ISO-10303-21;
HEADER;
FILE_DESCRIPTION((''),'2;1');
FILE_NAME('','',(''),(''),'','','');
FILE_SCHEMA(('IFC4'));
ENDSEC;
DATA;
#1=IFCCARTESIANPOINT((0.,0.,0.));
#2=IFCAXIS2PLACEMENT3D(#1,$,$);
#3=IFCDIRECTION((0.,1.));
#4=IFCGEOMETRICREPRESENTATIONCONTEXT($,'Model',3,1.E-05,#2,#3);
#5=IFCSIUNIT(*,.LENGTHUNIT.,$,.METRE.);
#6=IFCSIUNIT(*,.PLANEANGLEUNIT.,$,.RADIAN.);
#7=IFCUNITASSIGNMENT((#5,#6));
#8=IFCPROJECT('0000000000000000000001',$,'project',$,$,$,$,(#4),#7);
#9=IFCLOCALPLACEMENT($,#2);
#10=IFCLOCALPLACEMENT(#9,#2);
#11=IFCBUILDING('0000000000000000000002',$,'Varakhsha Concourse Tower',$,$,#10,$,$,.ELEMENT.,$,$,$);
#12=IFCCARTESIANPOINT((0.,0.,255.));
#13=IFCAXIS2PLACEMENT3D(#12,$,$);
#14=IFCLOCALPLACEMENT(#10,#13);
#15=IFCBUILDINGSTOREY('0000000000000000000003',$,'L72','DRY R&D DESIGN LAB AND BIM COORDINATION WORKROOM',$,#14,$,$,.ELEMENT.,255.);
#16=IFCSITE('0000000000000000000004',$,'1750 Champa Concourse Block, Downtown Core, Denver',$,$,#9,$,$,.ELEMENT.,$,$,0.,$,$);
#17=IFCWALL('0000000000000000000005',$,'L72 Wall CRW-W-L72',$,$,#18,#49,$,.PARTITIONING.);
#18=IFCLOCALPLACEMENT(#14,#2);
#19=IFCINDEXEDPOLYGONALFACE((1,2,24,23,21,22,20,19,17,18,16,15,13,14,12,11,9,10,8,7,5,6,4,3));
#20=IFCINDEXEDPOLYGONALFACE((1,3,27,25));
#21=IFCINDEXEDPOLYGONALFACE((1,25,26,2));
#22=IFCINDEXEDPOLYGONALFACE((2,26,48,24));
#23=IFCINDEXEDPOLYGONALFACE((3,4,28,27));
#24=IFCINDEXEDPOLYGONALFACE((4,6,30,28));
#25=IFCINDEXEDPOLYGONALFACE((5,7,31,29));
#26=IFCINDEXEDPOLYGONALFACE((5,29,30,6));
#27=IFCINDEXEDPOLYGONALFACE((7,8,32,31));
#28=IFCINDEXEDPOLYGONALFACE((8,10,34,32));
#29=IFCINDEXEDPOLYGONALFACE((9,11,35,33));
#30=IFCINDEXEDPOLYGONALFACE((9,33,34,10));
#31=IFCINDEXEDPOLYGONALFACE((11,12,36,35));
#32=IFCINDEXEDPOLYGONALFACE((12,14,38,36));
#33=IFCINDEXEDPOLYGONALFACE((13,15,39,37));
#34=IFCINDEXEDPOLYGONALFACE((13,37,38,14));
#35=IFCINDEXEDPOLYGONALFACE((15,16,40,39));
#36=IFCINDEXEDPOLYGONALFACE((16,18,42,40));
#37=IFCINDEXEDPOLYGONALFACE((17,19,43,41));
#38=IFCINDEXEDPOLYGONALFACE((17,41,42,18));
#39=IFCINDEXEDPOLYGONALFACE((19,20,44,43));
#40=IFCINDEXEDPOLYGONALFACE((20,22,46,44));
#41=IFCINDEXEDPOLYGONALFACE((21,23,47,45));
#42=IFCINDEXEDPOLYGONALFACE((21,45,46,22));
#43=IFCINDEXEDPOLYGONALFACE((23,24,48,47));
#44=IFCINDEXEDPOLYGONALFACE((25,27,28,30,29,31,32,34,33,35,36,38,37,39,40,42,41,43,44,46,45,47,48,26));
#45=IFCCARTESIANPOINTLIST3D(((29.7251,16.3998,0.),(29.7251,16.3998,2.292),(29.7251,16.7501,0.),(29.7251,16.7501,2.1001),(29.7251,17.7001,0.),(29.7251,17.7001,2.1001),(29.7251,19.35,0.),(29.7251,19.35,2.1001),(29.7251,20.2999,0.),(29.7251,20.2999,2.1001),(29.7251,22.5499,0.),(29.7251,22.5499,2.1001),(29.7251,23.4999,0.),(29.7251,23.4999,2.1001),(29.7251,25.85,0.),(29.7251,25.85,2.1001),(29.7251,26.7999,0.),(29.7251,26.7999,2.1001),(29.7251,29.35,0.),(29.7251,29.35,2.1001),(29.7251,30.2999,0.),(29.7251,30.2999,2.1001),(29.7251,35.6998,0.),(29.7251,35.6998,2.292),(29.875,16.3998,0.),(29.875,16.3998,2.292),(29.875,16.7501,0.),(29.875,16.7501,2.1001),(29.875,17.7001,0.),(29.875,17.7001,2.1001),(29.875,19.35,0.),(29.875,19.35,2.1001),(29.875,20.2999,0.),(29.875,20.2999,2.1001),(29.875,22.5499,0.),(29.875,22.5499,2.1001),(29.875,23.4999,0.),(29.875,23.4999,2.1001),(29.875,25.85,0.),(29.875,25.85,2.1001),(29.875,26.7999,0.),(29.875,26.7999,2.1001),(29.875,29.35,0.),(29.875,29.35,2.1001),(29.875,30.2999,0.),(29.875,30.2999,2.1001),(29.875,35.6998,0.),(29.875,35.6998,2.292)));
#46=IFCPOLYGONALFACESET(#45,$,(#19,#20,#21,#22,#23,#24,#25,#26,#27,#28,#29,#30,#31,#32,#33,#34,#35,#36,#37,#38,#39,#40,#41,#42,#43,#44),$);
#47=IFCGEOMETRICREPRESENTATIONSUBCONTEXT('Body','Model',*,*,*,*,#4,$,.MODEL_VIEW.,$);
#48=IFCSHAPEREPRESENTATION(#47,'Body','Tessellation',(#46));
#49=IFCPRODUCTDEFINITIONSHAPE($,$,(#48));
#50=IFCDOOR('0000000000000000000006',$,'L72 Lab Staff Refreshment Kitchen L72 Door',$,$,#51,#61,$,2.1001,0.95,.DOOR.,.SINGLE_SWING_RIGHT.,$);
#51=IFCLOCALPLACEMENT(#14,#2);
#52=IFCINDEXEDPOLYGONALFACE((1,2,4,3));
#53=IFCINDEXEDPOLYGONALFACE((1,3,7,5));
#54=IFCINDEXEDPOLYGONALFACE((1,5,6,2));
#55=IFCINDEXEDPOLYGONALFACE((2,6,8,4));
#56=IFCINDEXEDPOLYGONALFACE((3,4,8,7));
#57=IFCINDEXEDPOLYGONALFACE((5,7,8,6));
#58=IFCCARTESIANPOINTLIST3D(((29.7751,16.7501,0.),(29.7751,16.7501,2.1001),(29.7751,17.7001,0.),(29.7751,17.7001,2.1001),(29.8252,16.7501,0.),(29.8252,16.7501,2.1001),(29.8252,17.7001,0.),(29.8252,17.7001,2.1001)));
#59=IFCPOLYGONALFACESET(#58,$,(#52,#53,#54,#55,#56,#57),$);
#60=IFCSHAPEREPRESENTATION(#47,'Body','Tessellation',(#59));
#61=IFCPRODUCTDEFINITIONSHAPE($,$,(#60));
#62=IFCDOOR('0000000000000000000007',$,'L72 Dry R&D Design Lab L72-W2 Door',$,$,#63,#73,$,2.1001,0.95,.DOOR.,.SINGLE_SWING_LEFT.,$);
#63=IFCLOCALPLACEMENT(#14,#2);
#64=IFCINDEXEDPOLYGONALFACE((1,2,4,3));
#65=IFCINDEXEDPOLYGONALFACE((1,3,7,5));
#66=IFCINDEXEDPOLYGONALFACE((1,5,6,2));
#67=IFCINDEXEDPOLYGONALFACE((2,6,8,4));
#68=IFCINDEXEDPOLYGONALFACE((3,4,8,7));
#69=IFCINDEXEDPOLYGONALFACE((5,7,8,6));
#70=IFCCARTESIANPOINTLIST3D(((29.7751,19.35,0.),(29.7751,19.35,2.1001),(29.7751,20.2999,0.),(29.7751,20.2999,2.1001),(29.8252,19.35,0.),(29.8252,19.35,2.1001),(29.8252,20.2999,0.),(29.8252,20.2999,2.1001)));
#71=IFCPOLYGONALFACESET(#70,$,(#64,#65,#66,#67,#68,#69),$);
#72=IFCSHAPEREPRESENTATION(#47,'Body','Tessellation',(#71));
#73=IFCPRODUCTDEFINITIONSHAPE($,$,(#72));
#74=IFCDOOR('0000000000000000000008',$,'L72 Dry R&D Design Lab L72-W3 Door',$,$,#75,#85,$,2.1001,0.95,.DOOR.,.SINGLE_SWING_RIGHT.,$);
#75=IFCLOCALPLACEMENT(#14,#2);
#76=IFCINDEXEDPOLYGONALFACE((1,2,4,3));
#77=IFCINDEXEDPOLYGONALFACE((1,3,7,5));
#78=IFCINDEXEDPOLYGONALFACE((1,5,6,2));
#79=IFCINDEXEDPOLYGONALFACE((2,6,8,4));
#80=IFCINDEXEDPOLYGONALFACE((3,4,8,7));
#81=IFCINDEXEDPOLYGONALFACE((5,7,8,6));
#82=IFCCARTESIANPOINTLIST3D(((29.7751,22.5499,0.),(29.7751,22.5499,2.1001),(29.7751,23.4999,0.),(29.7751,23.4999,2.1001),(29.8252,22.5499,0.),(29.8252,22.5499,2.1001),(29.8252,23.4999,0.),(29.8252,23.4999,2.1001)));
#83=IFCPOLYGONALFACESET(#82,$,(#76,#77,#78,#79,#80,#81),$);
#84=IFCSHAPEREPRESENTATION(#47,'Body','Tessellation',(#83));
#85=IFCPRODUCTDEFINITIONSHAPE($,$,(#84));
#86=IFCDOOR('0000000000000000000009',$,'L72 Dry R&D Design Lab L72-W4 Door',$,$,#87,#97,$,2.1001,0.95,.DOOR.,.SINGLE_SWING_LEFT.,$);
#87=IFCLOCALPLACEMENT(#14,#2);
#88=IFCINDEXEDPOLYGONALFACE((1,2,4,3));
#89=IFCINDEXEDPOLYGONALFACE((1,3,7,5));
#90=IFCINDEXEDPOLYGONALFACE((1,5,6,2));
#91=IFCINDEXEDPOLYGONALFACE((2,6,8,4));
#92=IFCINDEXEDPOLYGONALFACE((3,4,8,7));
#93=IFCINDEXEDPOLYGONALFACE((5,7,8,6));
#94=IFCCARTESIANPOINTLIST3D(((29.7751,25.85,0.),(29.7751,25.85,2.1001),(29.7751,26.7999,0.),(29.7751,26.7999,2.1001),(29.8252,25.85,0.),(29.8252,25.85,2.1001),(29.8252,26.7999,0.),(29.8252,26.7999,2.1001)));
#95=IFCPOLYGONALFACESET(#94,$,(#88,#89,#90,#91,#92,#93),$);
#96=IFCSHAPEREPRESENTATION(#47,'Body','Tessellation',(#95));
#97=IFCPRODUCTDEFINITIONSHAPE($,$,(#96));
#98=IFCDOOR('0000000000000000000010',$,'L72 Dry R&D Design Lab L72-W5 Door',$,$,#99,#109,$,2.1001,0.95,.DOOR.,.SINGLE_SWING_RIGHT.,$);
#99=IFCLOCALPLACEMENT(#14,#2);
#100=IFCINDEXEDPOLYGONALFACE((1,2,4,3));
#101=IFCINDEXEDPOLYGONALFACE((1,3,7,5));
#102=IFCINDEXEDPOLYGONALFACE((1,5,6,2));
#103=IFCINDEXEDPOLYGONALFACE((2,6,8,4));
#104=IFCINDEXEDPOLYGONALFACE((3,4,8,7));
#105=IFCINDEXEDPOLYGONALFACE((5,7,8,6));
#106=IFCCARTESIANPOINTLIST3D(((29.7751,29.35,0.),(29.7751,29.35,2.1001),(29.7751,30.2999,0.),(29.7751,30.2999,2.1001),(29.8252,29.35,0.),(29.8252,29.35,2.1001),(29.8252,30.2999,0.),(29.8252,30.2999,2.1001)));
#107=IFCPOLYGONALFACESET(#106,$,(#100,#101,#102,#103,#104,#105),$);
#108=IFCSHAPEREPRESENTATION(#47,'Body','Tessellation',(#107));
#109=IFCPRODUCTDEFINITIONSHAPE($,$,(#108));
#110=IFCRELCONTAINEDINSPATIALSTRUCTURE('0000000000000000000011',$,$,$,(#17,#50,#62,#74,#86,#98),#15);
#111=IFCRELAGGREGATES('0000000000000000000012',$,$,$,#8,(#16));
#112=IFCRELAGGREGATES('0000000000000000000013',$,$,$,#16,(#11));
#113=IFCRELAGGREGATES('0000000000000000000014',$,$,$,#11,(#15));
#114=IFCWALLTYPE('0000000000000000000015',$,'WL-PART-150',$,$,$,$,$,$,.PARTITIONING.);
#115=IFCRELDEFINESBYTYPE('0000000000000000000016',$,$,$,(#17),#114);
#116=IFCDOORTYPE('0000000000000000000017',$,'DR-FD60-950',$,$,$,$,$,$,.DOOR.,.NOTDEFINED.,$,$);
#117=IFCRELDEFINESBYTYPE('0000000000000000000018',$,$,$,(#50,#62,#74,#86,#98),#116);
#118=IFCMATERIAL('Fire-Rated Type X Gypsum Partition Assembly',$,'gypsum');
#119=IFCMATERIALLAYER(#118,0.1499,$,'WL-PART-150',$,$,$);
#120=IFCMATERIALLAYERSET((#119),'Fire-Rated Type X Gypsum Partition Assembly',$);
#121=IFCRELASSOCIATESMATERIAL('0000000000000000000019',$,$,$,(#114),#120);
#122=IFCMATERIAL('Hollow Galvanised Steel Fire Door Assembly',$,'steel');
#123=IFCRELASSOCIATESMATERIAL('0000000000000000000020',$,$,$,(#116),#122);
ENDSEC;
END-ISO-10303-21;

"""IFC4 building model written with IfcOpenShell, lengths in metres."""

from ifc_helpers import new_model, si_unit, direction, frame, frame_2d, origin, place, context, subcontext, project, spatial, rectangle, extrude, material, layer, layer_set, type_object, element, fill, save


model = new_model("IFC4")

# Units and contexts
model_context = context("Model", 3, precision=1e-05, world=origin(), true_north=direction((0.0, 1.0)))
body_context = subcontext(model_context, "Body", "Model", "MODEL_VIEW")
ifc_project = project(units=[si_unit("LENGTHUNIT", "METRE"), si_unit("PLANEANGLEUNIT", "RADIAN")], contexts=[model_context])

# Site, building, storey
site_placement = place(None, origin())
site = spatial("IfcSite", under=ifc_project, at=site_placement, Name="1750 Champa Concourse Block, Downtown Core, Denver", CompositionType="ELEMENT", RefElevation=0.0)
building_placement = place(site_placement, origin())
building = spatial("IfcBuilding", under=site, at=building_placement, Name="Varakhsha Concourse Tower", CompositionType="ELEMENT")
storey_placement = place(building_placement, frame((0.0, 0.0, 255.0)))
storey = spatial("IfcBuildingStorey", under=building, at=storey_placement, Name="L72", Description="DRY R&D DESIGN LAB AND BIM COORDINATION WORKROOM", CompositionType="ELEMENT", Elevation=255.0)

# Wall, openings, doors
ifc_material_1 = material(Name="Fire-Rated Type X Gypsum Partition Assembly", Category="gypsum")
ifc_layer_1 = layer(ifc_material_1, 0.1499, Name="WL-PART-150")
ifc_layer_set_1 = layer_set([ifc_layer_1], Name="Fire-Rated Type X Gypsum Partition Assembly")
wall_type = type_object("IfcWallType", Name="WL-PART-150", PredefinedType="PARTITIONING", material=ifc_layer_set_1)
wall_1_placement = place(storey_placement, frame((29.8, 16.3999, 0.0), z_axis=(0.0, 0.0, 1.0), x_axis=(0.0, 1.0, 0.0)))
wall_1 = element("IfcWall", 1, at=wall_1_placement, inside=storey, type_object=wall_type, Name="L72 Wall CRW-W-L72", PredefinedType="PARTITIONING", context=body_context, shape_type="SweptSolid", body=[
    extrude(rectangle(XDim=19.3, YDim=0.1499, at=frame_2d((9.6499, 0.0))), origin(), (0.0, 0.0, 1.0), 2.292),
])
opening_1_placement = place(wall_1_placement, frame((0.3501, 0.0, 0.0)))
opening_1 = element("IfcOpeningElement", 2, at=opening_1_placement, cuts=wall_1, PredefinedType="OPENING", context=body_context, shape_type="SweptSolid", body=[
    extrude(rectangle(XDim=0.95, YDim=2.1001, at=frame_2d((0.4751, 1.05))), frame((0.0, 0.085, 0.0), z_axis=(0.0, -1.0, 0.0), x_axis=(1.0, 0.0, 0.0)), (0.0, 0.0, 1.0), 0.1699),
])
opening_2_placement = place(wall_1_placement, frame((2.95, 0.0, 0.0)))
opening_2 = element("IfcOpeningElement", 3, at=opening_2_placement, cuts=wall_1, PredefinedType="OPENING", context=body_context, shape_type="SweptSolid", body=[
    extrude(rectangle(XDim=0.95, YDim=2.1001, at=frame_2d((0.4751, 1.05))), frame((0.0, 0.085, 0.0), z_axis=(0.0, -1.0, 0.0), x_axis=(1.0, 0.0, 0.0)), (0.0, 0.0, 1.0), 0.1699),
])
opening_3_placement = place(wall_1_placement, frame((6.1499, 0.0, 0.0)))
opening_3 = element("IfcOpeningElement", 4, at=opening_3_placement, cuts=wall_1, PredefinedType="OPENING", context=body_context, shape_type="SweptSolid", body=[
    extrude(rectangle(XDim=0.95, YDim=2.1001, at=frame_2d((0.4751, 1.05))), frame((0.0, 0.085, 0.0), z_axis=(0.0, -1.0, 0.0), x_axis=(1.0, 0.0, 0.0)), (0.0, 0.0, 1.0), 0.1699),
])
opening_4_placement = place(wall_1_placement, frame((9.45, 0.0, 0.0)))
opening_4 = element("IfcOpeningElement", 5, at=opening_4_placement, cuts=wall_1, PredefinedType="OPENING", context=body_context, shape_type="SweptSolid", body=[
    extrude(rectangle(XDim=0.95, YDim=2.1001, at=frame_2d((0.4751, 1.05))), frame((0.0, 0.085, 0.0), z_axis=(0.0, -1.0, 0.0), x_axis=(1.0, 0.0, 0.0)), (0.0, 0.0, 1.0), 0.1699),
])
opening_5_placement = place(wall_1_placement, frame((12.95, 0.0, 0.0)))
opening_5 = element("IfcOpeningElement", 6, at=opening_5_placement, cuts=wall_1, PredefinedType="OPENING", context=body_context, shape_type="SweptSolid", body=[
    extrude(rectangle(XDim=0.95, YDim=2.1001, at=frame_2d((0.4751, 1.05))), frame((0.0, 0.085, 0.0), z_axis=(0.0, -1.0, 0.0), x_axis=(1.0, 0.0, 0.0)), (0.0, 0.0, 1.0), 0.1699),
])
ifc_material_2 = material(Name="Hollow Galvanised Steel Fire Door Assembly", Category="steel")
door_type = type_object("IfcDoorType", Name="DR-FD60-950", OperationType="NOTDEFINED", PredefinedType="DOOR", material=ifc_material_2)
door_1_placement = place(opening_1_placement, origin())
door_1 = element("IfcDoor", 7, at=door_1_placement, inside=storey, type_object=door_type, Name="L72 Lab Staff Refreshment Kitchen L72 Door", OperationType="SINGLE_SWING_RIGHT", OverallHeight=2.1001, OverallWidth=0.95, PredefinedType="DOOR", context=body_context, shape_type="SweptSolid", body=[
    extrude(rectangle(XDim=0.95, YDim=2.1001, at=frame_2d((0.4751, 1.05))), frame((0.0, 0.0249, 0.0), z_axis=(0.0, -1.0, 0.0), x_axis=(1.0, 0.0, 0.0)), (0.0, 0.0, 1.0), 0.05),
])
fill(opening_1, door_1)
door_2_placement = place(opening_2_placement, origin())
door_2 = element("IfcDoor", 8, at=door_2_placement, inside=storey, type_object=door_type, Name="L72 Dry R&D Design Lab L72-W2 Door", OperationType="SINGLE_SWING_LEFT", OverallHeight=2.1001, OverallWidth=0.95, PredefinedType="DOOR", context=body_context, shape_type="SweptSolid", body=[
    extrude(rectangle(XDim=0.95, YDim=2.1001, at=frame_2d((0.4751, 1.05))), frame((0.0, 0.0249, 0.0), z_axis=(0.0, -1.0, 0.0), x_axis=(1.0, 0.0, 0.0)), (0.0, 0.0, 1.0), 0.05),
])
fill(opening_2, door_2)
door_3_placement = place(opening_3_placement, origin())
door_3 = element("IfcDoor", 9, at=door_3_placement, inside=storey, type_object=door_type, Name="L72 Dry R&D Design Lab L72-W3 Door", OperationType="SINGLE_SWING_RIGHT", OverallHeight=2.1001, OverallWidth=0.95, PredefinedType="DOOR", context=body_context, shape_type="SweptSolid", body=[
    extrude(rectangle(XDim=0.95, YDim=2.1001, at=frame_2d((0.4751, 1.05))), frame((0.0, 0.0249, 0.0), z_axis=(0.0, -1.0, 0.0), x_axis=(1.0, 0.0, 0.0)), (0.0, 0.0, 1.0), 0.05),
])
fill(opening_3, door_3)
door_4_placement = place(opening_4_placement, origin())
door_4 = element("IfcDoor", 10, at=door_4_placement, inside=storey, type_object=door_type, Name="L72 Dry R&D Design Lab L72-W4 Door", OperationType="SINGLE_SWING_LEFT", OverallHeight=2.1001, OverallWidth=0.95, PredefinedType="DOOR", context=body_context, shape_type="SweptSolid", body=[
    extrude(rectangle(XDim=0.95, YDim=2.1001, at=frame_2d((0.4751, 1.05))), frame((0.0, 0.0249, 0.0), z_axis=(0.0, -1.0, 0.0), x_axis=(1.0, 0.0, 0.0)), (0.0, 0.0, 1.0), 0.05),
])
fill(opening_4, door_4)
door_5_placement = place(opening_5_placement, origin())
door_5 = element("IfcDoor", 11, at=door_5_placement, inside=storey, type_object=door_type, Name="L72 Dry R&D Design Lab L72-W5 Door", OperationType="SINGLE_SWING_RIGHT", OverallHeight=2.1001, OverallWidth=0.95, PredefinedType="DOOR", context=body_context, shape_type="SweptSolid", body=[
    extrude(rectangle(XDim=0.95, YDim=2.1001, at=frame_2d((0.4751, 1.05))), frame((0.0, 0.0249, 0.0), z_axis=(0.0, -1.0, 0.0), x_axis=(1.0, 0.0, 0.0)), (0.0, 0.0, 1.0), 0.05),
])
fill(opening_5, door_5)

save(model, "model.ifc")
